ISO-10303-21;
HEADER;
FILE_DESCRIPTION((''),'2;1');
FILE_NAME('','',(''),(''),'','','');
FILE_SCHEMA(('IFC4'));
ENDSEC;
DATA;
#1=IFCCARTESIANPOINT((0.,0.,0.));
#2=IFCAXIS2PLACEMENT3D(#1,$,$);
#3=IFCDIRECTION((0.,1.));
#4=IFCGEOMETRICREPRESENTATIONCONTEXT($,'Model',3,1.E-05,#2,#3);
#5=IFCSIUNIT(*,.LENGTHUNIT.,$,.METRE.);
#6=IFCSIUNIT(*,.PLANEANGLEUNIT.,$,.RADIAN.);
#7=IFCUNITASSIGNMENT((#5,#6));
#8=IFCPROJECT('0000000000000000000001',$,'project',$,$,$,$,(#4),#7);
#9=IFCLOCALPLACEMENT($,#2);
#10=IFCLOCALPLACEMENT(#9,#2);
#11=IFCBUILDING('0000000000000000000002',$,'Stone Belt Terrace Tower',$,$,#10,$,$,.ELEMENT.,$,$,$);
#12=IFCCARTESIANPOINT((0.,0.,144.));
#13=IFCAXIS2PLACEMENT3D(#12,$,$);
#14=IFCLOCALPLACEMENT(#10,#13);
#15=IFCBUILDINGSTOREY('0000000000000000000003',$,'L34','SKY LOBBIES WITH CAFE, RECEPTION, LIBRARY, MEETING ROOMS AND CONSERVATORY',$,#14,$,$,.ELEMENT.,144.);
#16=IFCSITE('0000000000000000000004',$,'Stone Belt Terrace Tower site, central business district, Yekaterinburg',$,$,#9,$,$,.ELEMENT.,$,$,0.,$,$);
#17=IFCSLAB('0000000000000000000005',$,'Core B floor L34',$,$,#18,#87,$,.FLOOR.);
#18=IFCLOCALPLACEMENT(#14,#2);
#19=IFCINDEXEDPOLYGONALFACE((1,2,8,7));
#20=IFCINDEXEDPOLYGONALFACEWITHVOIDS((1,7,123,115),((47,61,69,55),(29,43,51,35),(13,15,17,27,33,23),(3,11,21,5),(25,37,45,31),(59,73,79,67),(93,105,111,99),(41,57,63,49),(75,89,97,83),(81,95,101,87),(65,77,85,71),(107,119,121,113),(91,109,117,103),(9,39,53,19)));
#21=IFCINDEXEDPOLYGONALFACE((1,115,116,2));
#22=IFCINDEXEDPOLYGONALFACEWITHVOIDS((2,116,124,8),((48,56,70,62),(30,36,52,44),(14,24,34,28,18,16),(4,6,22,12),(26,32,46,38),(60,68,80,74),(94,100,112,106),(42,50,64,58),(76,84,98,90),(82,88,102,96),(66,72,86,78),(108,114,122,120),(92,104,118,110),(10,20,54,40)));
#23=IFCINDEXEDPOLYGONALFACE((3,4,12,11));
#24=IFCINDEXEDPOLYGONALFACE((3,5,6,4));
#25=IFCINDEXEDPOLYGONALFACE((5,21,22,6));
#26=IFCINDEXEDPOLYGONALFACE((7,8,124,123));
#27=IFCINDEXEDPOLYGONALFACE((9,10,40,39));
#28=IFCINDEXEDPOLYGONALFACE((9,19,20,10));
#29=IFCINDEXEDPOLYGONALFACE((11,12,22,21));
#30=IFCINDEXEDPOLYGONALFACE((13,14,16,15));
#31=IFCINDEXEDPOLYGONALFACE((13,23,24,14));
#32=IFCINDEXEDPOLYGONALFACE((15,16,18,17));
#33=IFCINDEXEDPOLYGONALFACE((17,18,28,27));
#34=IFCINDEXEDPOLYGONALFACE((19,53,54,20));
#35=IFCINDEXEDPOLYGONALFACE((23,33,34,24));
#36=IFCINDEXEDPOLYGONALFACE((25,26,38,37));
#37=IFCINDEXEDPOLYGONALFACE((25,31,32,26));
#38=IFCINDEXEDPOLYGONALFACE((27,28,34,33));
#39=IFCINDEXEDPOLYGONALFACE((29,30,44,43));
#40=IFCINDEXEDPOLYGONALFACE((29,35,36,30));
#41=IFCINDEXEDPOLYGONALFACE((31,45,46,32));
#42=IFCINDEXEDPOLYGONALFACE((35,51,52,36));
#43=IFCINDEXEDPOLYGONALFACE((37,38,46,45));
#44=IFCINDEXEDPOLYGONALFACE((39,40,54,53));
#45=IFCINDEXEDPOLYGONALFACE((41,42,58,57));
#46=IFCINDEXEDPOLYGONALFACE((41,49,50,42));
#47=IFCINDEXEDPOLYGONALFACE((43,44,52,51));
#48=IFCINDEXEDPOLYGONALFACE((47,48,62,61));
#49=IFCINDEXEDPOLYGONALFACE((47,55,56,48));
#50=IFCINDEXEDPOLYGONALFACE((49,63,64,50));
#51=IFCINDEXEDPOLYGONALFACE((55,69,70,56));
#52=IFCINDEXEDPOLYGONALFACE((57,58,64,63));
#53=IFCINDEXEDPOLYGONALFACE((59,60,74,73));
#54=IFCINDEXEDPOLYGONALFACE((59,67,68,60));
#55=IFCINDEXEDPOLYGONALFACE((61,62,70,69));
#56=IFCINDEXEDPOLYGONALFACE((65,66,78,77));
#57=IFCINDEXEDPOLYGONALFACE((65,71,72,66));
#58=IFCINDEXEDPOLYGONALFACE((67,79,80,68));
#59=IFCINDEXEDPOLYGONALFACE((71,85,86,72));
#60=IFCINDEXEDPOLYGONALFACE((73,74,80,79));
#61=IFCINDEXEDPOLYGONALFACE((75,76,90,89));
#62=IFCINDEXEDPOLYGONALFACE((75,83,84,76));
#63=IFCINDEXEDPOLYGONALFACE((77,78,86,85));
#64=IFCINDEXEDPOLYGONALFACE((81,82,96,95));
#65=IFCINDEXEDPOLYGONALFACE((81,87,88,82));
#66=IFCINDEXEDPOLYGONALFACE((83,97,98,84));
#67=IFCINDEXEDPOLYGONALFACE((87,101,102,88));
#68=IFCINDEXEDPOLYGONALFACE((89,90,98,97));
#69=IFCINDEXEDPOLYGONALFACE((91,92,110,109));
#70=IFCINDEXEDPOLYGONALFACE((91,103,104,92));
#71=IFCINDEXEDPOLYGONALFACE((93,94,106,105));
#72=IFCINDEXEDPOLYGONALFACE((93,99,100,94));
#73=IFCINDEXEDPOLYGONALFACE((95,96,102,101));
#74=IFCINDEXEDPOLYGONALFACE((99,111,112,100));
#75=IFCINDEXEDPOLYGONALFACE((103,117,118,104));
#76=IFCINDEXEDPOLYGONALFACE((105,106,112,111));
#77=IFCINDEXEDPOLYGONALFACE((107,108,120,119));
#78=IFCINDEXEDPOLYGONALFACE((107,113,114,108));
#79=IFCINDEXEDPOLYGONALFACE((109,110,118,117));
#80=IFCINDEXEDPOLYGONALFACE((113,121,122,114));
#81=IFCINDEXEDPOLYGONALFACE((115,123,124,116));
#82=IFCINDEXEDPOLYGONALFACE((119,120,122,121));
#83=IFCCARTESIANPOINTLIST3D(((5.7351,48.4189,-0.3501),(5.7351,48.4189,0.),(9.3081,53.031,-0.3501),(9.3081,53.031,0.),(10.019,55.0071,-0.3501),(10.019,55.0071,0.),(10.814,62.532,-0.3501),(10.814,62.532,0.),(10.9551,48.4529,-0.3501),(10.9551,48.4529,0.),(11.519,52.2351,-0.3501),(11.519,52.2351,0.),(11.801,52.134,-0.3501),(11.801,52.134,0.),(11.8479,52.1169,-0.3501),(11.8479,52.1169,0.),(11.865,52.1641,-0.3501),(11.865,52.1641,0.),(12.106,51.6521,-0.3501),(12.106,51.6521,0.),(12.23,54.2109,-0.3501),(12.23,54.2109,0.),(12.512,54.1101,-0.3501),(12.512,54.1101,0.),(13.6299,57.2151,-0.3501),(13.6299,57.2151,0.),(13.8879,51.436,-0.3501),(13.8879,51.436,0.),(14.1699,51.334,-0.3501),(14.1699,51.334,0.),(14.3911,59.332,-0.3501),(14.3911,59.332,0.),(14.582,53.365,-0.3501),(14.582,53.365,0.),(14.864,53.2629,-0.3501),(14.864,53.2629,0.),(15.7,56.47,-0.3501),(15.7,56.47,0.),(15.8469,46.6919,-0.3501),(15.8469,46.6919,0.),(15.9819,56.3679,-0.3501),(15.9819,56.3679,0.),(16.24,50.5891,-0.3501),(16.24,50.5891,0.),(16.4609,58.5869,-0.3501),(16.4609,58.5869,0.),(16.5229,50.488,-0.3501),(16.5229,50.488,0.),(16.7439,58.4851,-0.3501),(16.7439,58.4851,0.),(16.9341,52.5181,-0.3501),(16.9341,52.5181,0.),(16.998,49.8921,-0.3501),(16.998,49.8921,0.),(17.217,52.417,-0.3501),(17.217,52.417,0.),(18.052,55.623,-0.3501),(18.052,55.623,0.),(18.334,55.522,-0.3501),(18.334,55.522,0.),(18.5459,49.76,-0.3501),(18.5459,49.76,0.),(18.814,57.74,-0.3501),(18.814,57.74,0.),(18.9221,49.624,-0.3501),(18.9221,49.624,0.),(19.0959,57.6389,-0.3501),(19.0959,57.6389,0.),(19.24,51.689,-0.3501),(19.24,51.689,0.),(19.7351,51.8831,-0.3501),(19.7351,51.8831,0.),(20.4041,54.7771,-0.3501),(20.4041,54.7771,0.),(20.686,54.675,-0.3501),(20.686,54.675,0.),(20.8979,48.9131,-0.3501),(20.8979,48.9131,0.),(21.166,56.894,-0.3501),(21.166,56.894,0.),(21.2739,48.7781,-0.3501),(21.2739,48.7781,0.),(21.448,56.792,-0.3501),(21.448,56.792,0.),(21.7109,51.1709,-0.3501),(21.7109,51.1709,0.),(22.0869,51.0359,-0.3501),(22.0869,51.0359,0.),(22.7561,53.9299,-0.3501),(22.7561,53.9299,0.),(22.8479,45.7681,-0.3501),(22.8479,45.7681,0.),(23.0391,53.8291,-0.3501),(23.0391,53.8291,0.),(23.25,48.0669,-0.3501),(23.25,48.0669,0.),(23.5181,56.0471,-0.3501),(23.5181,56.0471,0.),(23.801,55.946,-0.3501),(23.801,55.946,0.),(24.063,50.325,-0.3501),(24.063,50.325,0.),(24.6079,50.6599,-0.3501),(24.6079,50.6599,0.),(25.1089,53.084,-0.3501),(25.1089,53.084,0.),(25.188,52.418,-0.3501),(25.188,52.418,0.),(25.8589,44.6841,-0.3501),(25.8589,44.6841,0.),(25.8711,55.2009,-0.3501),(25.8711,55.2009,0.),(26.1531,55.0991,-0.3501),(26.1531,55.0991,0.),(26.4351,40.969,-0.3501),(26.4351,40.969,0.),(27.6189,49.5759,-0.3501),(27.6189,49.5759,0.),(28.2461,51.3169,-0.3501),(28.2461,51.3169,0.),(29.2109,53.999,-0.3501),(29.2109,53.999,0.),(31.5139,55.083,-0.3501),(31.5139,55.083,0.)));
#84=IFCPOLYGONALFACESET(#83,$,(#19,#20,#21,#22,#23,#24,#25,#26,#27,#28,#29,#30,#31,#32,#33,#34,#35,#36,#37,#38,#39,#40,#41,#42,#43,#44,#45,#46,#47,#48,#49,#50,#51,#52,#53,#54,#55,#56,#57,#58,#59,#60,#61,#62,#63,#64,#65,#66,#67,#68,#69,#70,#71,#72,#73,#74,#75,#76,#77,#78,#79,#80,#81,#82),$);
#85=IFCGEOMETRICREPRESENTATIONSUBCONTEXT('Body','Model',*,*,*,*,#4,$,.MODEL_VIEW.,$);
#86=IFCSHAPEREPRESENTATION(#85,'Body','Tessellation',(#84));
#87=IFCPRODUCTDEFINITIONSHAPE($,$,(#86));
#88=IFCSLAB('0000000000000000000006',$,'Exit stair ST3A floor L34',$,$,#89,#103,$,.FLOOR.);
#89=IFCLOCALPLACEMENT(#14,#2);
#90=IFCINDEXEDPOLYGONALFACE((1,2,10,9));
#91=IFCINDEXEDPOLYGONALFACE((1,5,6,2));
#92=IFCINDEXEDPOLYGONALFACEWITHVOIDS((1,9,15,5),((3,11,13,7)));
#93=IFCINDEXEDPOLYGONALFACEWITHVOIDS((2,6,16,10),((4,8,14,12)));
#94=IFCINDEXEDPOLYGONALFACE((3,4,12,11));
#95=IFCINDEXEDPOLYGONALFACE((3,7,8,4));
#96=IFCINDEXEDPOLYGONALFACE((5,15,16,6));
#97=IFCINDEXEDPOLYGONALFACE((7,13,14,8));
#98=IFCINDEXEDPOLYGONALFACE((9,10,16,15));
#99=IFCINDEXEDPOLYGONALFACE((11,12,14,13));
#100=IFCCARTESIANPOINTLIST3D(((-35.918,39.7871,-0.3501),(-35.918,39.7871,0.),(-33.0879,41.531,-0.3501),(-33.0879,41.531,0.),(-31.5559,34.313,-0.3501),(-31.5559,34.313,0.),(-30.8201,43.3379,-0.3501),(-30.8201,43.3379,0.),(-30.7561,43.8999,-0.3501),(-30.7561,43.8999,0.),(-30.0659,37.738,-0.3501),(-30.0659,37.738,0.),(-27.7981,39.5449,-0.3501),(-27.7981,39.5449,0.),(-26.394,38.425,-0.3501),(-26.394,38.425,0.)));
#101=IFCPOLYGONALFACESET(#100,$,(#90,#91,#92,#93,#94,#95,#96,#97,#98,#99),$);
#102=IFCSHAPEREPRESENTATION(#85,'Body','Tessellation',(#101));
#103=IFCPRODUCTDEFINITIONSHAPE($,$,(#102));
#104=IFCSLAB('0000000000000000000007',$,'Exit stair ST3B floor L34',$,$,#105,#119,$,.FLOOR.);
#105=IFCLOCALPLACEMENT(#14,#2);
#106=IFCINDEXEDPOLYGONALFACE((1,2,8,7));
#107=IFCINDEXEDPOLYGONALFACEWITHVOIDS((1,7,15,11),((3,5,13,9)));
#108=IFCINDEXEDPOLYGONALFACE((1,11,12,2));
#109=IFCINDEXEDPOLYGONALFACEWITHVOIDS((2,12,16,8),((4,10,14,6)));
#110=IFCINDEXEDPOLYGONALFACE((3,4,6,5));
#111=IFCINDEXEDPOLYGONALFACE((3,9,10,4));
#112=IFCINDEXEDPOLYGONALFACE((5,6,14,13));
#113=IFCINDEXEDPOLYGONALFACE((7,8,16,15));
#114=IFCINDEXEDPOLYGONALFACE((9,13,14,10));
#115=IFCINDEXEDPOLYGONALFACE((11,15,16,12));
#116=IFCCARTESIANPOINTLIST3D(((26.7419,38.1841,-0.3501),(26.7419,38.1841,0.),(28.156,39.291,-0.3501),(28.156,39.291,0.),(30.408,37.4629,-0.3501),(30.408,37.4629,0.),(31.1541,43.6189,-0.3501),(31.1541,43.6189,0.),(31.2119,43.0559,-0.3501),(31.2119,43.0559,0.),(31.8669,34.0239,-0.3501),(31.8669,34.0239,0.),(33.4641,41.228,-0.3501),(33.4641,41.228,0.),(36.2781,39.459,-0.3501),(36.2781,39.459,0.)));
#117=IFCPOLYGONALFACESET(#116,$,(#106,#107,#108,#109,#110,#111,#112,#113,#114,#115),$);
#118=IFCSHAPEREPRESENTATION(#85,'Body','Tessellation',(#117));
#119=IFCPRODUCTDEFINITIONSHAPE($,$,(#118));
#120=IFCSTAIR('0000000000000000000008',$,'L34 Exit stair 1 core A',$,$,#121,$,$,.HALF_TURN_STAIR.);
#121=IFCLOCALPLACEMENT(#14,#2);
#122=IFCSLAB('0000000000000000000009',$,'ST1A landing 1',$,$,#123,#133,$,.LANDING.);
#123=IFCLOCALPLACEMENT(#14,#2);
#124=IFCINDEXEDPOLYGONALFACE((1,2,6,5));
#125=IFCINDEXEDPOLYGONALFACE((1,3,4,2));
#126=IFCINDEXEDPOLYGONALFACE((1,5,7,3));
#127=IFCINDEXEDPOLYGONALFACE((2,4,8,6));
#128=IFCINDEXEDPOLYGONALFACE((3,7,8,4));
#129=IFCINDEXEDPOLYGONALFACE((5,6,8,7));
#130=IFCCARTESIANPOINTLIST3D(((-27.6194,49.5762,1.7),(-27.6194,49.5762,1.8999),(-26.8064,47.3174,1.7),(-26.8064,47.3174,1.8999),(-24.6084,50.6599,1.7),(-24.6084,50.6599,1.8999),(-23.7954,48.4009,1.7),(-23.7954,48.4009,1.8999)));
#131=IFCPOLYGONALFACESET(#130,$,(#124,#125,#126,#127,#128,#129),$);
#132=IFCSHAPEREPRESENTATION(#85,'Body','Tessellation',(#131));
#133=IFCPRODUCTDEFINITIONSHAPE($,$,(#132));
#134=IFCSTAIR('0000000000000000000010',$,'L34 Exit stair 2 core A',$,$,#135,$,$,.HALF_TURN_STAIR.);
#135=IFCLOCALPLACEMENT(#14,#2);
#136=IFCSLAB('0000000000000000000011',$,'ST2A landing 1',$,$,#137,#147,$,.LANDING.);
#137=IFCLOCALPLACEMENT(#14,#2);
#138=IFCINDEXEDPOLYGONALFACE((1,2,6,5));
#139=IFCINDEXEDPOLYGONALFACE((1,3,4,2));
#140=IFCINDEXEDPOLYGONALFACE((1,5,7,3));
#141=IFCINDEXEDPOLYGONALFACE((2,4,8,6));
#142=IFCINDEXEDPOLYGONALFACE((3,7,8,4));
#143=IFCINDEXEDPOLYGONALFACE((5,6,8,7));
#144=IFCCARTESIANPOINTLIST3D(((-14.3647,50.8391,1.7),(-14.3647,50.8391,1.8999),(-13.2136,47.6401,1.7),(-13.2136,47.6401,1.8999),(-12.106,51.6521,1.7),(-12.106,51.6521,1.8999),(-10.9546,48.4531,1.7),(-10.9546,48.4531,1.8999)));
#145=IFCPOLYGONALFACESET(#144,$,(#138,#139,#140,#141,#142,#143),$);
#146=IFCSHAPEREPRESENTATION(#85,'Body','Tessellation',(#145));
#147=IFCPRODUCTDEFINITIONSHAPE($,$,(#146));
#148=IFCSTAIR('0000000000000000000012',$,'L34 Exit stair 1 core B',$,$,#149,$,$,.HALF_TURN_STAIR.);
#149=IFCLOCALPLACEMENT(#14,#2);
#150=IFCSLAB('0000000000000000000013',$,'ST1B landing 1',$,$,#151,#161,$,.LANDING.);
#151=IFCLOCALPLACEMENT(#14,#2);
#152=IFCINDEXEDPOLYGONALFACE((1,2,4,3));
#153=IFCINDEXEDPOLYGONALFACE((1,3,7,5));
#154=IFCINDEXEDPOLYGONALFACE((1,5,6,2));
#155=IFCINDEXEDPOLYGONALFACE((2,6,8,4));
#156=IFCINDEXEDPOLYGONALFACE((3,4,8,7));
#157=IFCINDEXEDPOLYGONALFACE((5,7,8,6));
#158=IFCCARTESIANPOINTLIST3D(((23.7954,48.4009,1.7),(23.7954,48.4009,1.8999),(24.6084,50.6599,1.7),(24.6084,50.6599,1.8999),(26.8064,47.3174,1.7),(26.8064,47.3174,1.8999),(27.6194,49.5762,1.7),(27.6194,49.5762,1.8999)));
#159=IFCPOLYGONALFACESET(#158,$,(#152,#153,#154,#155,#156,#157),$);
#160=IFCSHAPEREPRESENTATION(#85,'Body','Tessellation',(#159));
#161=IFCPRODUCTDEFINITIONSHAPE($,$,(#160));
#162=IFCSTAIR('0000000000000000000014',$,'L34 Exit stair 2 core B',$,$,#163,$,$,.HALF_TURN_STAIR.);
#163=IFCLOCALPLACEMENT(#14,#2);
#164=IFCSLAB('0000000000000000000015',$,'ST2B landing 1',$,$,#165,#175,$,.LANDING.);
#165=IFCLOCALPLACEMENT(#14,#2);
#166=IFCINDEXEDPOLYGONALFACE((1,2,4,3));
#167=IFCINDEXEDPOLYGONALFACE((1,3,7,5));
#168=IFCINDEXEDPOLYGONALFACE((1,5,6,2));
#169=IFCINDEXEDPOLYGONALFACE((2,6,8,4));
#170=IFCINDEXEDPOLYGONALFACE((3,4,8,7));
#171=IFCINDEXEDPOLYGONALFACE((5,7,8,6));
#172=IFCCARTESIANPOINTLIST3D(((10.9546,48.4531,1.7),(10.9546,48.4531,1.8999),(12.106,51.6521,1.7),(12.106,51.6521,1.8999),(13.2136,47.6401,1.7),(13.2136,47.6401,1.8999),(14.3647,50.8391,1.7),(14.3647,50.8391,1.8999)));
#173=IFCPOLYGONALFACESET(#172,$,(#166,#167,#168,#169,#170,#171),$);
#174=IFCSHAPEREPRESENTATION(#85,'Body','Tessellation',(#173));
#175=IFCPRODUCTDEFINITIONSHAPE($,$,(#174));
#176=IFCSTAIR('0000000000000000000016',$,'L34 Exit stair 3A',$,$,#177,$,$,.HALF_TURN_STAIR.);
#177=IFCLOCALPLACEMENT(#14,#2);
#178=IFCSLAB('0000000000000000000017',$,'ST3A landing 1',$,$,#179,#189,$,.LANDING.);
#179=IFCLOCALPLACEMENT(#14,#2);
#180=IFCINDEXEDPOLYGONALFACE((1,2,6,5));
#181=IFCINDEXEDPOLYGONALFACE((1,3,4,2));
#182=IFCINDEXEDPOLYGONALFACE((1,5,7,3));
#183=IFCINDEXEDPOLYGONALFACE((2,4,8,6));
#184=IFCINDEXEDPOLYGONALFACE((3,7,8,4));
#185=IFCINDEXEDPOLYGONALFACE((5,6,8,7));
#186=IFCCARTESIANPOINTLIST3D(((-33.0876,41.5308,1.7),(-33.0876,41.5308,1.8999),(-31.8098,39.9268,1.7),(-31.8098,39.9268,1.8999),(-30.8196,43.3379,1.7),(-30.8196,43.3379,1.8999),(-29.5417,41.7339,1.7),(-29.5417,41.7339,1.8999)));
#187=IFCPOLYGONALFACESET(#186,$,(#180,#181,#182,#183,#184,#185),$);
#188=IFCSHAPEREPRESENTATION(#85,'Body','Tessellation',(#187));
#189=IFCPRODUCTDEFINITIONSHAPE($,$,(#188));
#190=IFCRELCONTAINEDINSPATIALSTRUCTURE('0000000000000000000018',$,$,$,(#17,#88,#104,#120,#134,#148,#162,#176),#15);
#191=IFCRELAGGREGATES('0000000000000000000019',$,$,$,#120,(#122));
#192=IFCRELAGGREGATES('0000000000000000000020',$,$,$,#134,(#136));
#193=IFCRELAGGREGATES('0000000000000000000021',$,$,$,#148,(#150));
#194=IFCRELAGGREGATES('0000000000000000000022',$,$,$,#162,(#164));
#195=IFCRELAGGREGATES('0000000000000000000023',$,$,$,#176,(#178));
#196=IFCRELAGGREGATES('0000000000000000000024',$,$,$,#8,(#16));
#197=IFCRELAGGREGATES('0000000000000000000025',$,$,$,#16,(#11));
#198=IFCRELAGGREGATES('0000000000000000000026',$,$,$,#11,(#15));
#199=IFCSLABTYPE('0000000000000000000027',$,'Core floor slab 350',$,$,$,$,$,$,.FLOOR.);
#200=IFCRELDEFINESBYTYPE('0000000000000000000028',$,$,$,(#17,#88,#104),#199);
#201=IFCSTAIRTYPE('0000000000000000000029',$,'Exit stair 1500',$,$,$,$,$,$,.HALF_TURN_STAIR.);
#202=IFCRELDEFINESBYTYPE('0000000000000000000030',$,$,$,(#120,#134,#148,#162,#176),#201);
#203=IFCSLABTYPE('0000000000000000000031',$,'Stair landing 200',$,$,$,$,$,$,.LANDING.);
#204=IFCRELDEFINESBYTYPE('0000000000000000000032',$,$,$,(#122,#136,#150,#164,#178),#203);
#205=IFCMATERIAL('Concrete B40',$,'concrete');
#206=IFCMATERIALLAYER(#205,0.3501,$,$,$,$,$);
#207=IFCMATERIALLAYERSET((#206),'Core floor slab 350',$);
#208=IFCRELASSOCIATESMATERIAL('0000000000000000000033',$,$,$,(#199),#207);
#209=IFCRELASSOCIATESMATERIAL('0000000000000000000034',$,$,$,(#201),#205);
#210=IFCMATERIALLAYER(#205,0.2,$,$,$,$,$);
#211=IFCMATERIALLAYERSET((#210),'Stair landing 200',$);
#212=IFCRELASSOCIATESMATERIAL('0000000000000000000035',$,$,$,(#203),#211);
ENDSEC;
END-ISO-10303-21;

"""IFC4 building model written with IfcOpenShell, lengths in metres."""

from ifc_helpers import new_model, si_unit, direction, frame, origin, place, context, subcontext, project, spatial, polyline, outline, extrude, material, layer, layer_set, type_object, element, aggregate, save


model = new_model("IFC4")

# Units and contexts
model_context = context("Model", 3, precision=1e-05, world=origin(), true_north=direction((0.0, 1.0)))
body_context = subcontext(model_context, "Body", "Model", "MODEL_VIEW")
ifc_project = project(units=[si_unit("LENGTHUNIT", "METRE"), si_unit("PLANEANGLEUNIT", "RADIAN")], contexts=[model_context])

# Site, building, storey
site_placement = place(None, origin())
site = spatial("IfcSite", under=ifc_project, at=site_placement, Name="Stone Belt Terrace Tower site, central business district, Yekaterinburg", CompositionType="ELEMENT", RefElevation=0.0)
building_placement = place(site_placement, origin())
building = spatial("IfcBuilding", under=site, at=building_placement, Name="Stone Belt Terrace Tower", CompositionType="ELEMENT")
storey_placement = place(building_placement, frame((0.0, 0.0, 144.0)))
storey = spatial("IfcBuildingStorey", under=building, at=storey_placement, Name="L34", Description="SKY LOBBIES WITH CAFE, RECEPTION, LIBRARY, MEETING ROOMS AND CONSERVATORY", CompositionType="ELEMENT", Elevation=144.0)

# Slabs
ifc_material_1 = material(Name="Concrete B40", Category="concrete")
ifc_layer_1 = layer(ifc_material_1, 0.3501)
ifc_layer_set_1 = layer_set([ifc_layer_1], Name="Core floor slab 350")
slab_type_1 = type_object("IfcSlabType", Name="Core floor slab 350", PredefinedType="FLOOR", material=ifc_layer_set_1)
slab_1_placement = place(storey_placement, frame((0.0, 0.0, -0.3501)))
element("IfcSlab", 1, at=slab_1_placement, inside=storey, type_object=slab_type_1, Name="Core B floor L34", PredefinedType="FLOOR", context=body_context, shape_type="SweptSolid", body=[
    extrude(outline(polyline([(26.4351, 40.969), (31.5139, 55.083), (10.814, 62.532), (5.7351, 48.4189), (26.4351, 40.969)]), holes=[polyline([(12.106, 51.6521), (16.998, 49.8921), (15.8469, 46.6919), (10.9551, 48.4529), (12.106, 51.6521)]), polyline([(19.24, 51.689), (18.5459, 49.76), (16.5229, 50.488), (17.217, 52.417), (19.24, 51.689)]), polyline([(16.24, 50.5891), (14.1699, 51.334), (14.864, 53.2629), (16.9341, 52.5181), (16.24, 50.5891)]), polyline([(12.512, 54.1101), (14.582, 53.365), (13.8879, 51.436), (11.865, 52.1641), (11.8479, 52.1169), (11.801, 52.134), (12.512, 54.1101)]), polyline([(9.3081, 53.031), (10.019, 55.0071), (12.23, 54.2109), (11.519, 52.2351), (9.3081, 53.031)]), polyline([(16.7439, 58.4851), (18.814, 57.74), (18.052, 55.623), (15.9819, 56.3679), (16.7439, 58.4851)]), polyline([(14.3911, 59.332), (16.4609, 58.5869), (15.7, 56.47), (13.6299, 57.2151), (14.3911, 59.332)]), polyline([(27.6189, 49.5759), (25.8589, 44.6841), (22.8479, 45.7681), (24.6079, 50.6599), (27.6189, 49.5759)]), polyline([(23.25, 48.0669), (21.2739, 48.7781), (22.0869, 51.0359), (24.063, 50.325), (23.25, 48.0669)]), polyline([(20.8979, 48.9131), (18.9221, 49.624), (19.7351, 51.8831), (21.7109, 51.1709), (20.8979, 48.9131)]), polyline([(29.2109, 53.999), (28.2461, 51.3169), (25.188, 52.418), (26.1531, 55.0991), (29.2109, 53.999)]), polyline([(23.801, 55.946), (25.8711, 55.2009), (25.1089, 53.084), (23.0391, 53.8291), (23.801, 55.946)]), polyline([(21.448, 56.792), (23.5181, 56.0471), (22.7561, 53.9299), (20.686, 54.675), (21.448, 56.792)]), polyline([(19.0959, 57.6389), (21.166, 56.894), (20.4041, 54.7771), (18.334, 55.522), (19.0959, 57.6389)])]), origin(), (0.0, 0.0, 1.0), 0.3501),
])
slab_2_placement = place(storey_placement, frame((0.0, 0.0, -0.3501)))
element("IfcSlab", 2, at=slab_2_placement, inside=storey, type_object=slab_type_1, Name="Exit stair ST3A floor L34", PredefinedType="FLOOR", context=body_context, shape_type="SweptSolid", body=[
    extrude(outline(polyline([(-26.394, 38.425), (-30.7561, 43.8999), (-35.918, 39.7871), (-31.5559, 34.313), (-26.394, 38.425)]), holes=[polyline([(-27.7981, 39.5449), (-30.0659, 37.738), (-33.0879, 41.531), (-30.8201, 43.3379), (-27.7981, 39.5449)])]), origin(), (0.0, 0.0, 1.0), 0.3501),
])
slab_3_placement = place(storey_placement, frame((0.0, 0.0, -0.3501)))
element("IfcSlab", 3, at=slab_3_placement, inside=storey, type_object=slab_type_1, Name="Exit stair ST3B floor L34", PredefinedType="FLOOR", context=body_context, shape_type="SweptSolid", body=[
    extrude(outline(polyline([(26.7419, 38.1841), (31.8669, 34.0239), (36.2781, 39.459), (31.1541, 43.6189), (26.7419, 38.1841)]), holes=[polyline([(30.408, 37.4629), (28.156, 39.291), (31.2119, 43.0559), (33.4641, 41.228), (30.408, 37.4629)])]), origin(), (0.0, 0.0, 1.0), 0.3501),
])

# Stairs, slabs
stair_type = type_object("IfcStairType", Name="Exit stair 1500", PredefinedType="HALF_TURN_STAIR", material=ifc_material_1)
stair_1_placement = place(storey_placement, origin())
stair_1 = element("IfcStair", 4, at=stair_1_placement, inside=storey, type_object=stair_type, Name="L34 Exit stair 1 core A", PredefinedType="HALF_TURN_STAIR")
ifc_layer_2 = layer(ifc_material_1, 0.2)
ifc_layer_set_2 = layer_set([ifc_layer_2], Name="Stair landing 200")
slab_type_2 = type_object("IfcSlabType", Name="Stair landing 200", PredefinedType="LANDING", material=ifc_layer_set_2)
slab_4_placement = place(storey_placement, frame((0.0, 0.0, 1.7)))
slab_4 = element("IfcSlab", 5, at=slab_4_placement, type_object=slab_type_2, Name="ST1A landing 1", PredefinedType="LANDING", context=body_context, shape_type="SweptSolid", body=[
    extrude(outline(polyline([(-23.7954, 48.4009), (-24.6084, 50.6599), (-27.6194, 49.5762), (-26.8064, 47.3174), (-23.7954, 48.4009)])), origin(), (0.0, 0.0, 1.0), 0.2),
])
aggregate(stair_1, [slab_4])
stair_2_placement = place(storey_placement, origin())
stair_2 = element("IfcStair", 6, at=stair_2_placement, inside=storey, type_object=stair_type, Name="L34 Exit stair 2 core A", PredefinedType="HALF_TURN_STAIR")
slab_5_placement = place(storey_placement, frame((0.0, 0.0, 1.7)))
slab_5 = element("IfcSlab", 7, at=slab_5_placement, type_object=slab_type_2, Name="ST2A landing 1", PredefinedType="LANDING", context=body_context, shape_type="SweptSolid", body=[
    extrude(outline(polyline([(-13.2136, 47.6401), (-10.9546, 48.4531), (-12.106, 51.6521), (-14.3647, 50.8391), (-13.2136, 47.6401)])), origin(), (0.0, 0.0, 1.0), 0.2),
])
aggregate(stair_2, [slab_5])
stair_3_placement = place(storey_placement, origin())
stair_3 = element("IfcStair", 8, at=stair_3_placement, inside=storey, type_object=stair_type, Name="L34 Exit stair 1 core B", PredefinedType="HALF_TURN_STAIR")
slab_6_placement = place(storey_placement, frame((0.0, 0.0, 1.7)))
slab_6 = element("IfcSlab", 9, at=slab_6_placement, type_object=slab_type_2, Name="ST1B landing 1", PredefinedType="LANDING", context=body_context, shape_type="SweptSolid", body=[
    extrude(outline(polyline([(26.8064, 47.3174), (27.6194, 49.5762), (24.6084, 50.6599), (23.7954, 48.4009), (26.8064, 47.3174)])), origin(), (0.0, 0.0, 1.0), 0.2),
])
aggregate(stair_3, [slab_6])
stair_4_placement = place(storey_placement, origin())
stair_4 = element("IfcStair", 10, at=stair_4_placement, inside=storey, type_object=stair_type, Name="L34 Exit stair 2 core B", PredefinedType="HALF_TURN_STAIR")
slab_7_placement = place(storey_placement, frame((0.0, 0.0, 1.7)))
slab_7 = element("IfcSlab", 11, at=slab_7_placement, type_object=slab_type_2, Name="ST2B landing 1", PredefinedType="LANDING", context=body_context, shape_type="SweptSolid", body=[
    extrude(outline(polyline([(14.3647, 50.8391), (12.106, 51.6521), (10.9546, 48.4531), (13.2136, 47.6401), (14.3647, 50.8391)])), origin(), (0.0, 0.0, 1.0), 0.2),
])
aggregate(stair_4, [slab_7])
stair_5_placement = place(storey_placement, origin())
stair_5 = element("IfcStair", 12, at=stair_5_placement, inside=storey, type_object=stair_type, Name="L34 Exit stair 3A", PredefinedType="HALF_TURN_STAIR")
slab_8_placement = place(storey_placement, frame((0.0, 0.0, 1.7)))
slab_8 = element("IfcSlab", 13, at=slab_8_placement, type_object=slab_type_2, Name="ST3A landing 1", PredefinedType="LANDING", context=body_context, shape_type="SweptSolid", body=[
    extrude(outline(polyline([(-29.5417, 41.7339), (-30.8196, 43.3379), (-33.0876, 41.5308), (-31.8098, 39.9268), (-29.5417, 41.7339)])), origin(), (0.0, 0.0, 1.0), 0.2),
])
aggregate(stair_5, [slab_8])

save(model, "model.ifc")
